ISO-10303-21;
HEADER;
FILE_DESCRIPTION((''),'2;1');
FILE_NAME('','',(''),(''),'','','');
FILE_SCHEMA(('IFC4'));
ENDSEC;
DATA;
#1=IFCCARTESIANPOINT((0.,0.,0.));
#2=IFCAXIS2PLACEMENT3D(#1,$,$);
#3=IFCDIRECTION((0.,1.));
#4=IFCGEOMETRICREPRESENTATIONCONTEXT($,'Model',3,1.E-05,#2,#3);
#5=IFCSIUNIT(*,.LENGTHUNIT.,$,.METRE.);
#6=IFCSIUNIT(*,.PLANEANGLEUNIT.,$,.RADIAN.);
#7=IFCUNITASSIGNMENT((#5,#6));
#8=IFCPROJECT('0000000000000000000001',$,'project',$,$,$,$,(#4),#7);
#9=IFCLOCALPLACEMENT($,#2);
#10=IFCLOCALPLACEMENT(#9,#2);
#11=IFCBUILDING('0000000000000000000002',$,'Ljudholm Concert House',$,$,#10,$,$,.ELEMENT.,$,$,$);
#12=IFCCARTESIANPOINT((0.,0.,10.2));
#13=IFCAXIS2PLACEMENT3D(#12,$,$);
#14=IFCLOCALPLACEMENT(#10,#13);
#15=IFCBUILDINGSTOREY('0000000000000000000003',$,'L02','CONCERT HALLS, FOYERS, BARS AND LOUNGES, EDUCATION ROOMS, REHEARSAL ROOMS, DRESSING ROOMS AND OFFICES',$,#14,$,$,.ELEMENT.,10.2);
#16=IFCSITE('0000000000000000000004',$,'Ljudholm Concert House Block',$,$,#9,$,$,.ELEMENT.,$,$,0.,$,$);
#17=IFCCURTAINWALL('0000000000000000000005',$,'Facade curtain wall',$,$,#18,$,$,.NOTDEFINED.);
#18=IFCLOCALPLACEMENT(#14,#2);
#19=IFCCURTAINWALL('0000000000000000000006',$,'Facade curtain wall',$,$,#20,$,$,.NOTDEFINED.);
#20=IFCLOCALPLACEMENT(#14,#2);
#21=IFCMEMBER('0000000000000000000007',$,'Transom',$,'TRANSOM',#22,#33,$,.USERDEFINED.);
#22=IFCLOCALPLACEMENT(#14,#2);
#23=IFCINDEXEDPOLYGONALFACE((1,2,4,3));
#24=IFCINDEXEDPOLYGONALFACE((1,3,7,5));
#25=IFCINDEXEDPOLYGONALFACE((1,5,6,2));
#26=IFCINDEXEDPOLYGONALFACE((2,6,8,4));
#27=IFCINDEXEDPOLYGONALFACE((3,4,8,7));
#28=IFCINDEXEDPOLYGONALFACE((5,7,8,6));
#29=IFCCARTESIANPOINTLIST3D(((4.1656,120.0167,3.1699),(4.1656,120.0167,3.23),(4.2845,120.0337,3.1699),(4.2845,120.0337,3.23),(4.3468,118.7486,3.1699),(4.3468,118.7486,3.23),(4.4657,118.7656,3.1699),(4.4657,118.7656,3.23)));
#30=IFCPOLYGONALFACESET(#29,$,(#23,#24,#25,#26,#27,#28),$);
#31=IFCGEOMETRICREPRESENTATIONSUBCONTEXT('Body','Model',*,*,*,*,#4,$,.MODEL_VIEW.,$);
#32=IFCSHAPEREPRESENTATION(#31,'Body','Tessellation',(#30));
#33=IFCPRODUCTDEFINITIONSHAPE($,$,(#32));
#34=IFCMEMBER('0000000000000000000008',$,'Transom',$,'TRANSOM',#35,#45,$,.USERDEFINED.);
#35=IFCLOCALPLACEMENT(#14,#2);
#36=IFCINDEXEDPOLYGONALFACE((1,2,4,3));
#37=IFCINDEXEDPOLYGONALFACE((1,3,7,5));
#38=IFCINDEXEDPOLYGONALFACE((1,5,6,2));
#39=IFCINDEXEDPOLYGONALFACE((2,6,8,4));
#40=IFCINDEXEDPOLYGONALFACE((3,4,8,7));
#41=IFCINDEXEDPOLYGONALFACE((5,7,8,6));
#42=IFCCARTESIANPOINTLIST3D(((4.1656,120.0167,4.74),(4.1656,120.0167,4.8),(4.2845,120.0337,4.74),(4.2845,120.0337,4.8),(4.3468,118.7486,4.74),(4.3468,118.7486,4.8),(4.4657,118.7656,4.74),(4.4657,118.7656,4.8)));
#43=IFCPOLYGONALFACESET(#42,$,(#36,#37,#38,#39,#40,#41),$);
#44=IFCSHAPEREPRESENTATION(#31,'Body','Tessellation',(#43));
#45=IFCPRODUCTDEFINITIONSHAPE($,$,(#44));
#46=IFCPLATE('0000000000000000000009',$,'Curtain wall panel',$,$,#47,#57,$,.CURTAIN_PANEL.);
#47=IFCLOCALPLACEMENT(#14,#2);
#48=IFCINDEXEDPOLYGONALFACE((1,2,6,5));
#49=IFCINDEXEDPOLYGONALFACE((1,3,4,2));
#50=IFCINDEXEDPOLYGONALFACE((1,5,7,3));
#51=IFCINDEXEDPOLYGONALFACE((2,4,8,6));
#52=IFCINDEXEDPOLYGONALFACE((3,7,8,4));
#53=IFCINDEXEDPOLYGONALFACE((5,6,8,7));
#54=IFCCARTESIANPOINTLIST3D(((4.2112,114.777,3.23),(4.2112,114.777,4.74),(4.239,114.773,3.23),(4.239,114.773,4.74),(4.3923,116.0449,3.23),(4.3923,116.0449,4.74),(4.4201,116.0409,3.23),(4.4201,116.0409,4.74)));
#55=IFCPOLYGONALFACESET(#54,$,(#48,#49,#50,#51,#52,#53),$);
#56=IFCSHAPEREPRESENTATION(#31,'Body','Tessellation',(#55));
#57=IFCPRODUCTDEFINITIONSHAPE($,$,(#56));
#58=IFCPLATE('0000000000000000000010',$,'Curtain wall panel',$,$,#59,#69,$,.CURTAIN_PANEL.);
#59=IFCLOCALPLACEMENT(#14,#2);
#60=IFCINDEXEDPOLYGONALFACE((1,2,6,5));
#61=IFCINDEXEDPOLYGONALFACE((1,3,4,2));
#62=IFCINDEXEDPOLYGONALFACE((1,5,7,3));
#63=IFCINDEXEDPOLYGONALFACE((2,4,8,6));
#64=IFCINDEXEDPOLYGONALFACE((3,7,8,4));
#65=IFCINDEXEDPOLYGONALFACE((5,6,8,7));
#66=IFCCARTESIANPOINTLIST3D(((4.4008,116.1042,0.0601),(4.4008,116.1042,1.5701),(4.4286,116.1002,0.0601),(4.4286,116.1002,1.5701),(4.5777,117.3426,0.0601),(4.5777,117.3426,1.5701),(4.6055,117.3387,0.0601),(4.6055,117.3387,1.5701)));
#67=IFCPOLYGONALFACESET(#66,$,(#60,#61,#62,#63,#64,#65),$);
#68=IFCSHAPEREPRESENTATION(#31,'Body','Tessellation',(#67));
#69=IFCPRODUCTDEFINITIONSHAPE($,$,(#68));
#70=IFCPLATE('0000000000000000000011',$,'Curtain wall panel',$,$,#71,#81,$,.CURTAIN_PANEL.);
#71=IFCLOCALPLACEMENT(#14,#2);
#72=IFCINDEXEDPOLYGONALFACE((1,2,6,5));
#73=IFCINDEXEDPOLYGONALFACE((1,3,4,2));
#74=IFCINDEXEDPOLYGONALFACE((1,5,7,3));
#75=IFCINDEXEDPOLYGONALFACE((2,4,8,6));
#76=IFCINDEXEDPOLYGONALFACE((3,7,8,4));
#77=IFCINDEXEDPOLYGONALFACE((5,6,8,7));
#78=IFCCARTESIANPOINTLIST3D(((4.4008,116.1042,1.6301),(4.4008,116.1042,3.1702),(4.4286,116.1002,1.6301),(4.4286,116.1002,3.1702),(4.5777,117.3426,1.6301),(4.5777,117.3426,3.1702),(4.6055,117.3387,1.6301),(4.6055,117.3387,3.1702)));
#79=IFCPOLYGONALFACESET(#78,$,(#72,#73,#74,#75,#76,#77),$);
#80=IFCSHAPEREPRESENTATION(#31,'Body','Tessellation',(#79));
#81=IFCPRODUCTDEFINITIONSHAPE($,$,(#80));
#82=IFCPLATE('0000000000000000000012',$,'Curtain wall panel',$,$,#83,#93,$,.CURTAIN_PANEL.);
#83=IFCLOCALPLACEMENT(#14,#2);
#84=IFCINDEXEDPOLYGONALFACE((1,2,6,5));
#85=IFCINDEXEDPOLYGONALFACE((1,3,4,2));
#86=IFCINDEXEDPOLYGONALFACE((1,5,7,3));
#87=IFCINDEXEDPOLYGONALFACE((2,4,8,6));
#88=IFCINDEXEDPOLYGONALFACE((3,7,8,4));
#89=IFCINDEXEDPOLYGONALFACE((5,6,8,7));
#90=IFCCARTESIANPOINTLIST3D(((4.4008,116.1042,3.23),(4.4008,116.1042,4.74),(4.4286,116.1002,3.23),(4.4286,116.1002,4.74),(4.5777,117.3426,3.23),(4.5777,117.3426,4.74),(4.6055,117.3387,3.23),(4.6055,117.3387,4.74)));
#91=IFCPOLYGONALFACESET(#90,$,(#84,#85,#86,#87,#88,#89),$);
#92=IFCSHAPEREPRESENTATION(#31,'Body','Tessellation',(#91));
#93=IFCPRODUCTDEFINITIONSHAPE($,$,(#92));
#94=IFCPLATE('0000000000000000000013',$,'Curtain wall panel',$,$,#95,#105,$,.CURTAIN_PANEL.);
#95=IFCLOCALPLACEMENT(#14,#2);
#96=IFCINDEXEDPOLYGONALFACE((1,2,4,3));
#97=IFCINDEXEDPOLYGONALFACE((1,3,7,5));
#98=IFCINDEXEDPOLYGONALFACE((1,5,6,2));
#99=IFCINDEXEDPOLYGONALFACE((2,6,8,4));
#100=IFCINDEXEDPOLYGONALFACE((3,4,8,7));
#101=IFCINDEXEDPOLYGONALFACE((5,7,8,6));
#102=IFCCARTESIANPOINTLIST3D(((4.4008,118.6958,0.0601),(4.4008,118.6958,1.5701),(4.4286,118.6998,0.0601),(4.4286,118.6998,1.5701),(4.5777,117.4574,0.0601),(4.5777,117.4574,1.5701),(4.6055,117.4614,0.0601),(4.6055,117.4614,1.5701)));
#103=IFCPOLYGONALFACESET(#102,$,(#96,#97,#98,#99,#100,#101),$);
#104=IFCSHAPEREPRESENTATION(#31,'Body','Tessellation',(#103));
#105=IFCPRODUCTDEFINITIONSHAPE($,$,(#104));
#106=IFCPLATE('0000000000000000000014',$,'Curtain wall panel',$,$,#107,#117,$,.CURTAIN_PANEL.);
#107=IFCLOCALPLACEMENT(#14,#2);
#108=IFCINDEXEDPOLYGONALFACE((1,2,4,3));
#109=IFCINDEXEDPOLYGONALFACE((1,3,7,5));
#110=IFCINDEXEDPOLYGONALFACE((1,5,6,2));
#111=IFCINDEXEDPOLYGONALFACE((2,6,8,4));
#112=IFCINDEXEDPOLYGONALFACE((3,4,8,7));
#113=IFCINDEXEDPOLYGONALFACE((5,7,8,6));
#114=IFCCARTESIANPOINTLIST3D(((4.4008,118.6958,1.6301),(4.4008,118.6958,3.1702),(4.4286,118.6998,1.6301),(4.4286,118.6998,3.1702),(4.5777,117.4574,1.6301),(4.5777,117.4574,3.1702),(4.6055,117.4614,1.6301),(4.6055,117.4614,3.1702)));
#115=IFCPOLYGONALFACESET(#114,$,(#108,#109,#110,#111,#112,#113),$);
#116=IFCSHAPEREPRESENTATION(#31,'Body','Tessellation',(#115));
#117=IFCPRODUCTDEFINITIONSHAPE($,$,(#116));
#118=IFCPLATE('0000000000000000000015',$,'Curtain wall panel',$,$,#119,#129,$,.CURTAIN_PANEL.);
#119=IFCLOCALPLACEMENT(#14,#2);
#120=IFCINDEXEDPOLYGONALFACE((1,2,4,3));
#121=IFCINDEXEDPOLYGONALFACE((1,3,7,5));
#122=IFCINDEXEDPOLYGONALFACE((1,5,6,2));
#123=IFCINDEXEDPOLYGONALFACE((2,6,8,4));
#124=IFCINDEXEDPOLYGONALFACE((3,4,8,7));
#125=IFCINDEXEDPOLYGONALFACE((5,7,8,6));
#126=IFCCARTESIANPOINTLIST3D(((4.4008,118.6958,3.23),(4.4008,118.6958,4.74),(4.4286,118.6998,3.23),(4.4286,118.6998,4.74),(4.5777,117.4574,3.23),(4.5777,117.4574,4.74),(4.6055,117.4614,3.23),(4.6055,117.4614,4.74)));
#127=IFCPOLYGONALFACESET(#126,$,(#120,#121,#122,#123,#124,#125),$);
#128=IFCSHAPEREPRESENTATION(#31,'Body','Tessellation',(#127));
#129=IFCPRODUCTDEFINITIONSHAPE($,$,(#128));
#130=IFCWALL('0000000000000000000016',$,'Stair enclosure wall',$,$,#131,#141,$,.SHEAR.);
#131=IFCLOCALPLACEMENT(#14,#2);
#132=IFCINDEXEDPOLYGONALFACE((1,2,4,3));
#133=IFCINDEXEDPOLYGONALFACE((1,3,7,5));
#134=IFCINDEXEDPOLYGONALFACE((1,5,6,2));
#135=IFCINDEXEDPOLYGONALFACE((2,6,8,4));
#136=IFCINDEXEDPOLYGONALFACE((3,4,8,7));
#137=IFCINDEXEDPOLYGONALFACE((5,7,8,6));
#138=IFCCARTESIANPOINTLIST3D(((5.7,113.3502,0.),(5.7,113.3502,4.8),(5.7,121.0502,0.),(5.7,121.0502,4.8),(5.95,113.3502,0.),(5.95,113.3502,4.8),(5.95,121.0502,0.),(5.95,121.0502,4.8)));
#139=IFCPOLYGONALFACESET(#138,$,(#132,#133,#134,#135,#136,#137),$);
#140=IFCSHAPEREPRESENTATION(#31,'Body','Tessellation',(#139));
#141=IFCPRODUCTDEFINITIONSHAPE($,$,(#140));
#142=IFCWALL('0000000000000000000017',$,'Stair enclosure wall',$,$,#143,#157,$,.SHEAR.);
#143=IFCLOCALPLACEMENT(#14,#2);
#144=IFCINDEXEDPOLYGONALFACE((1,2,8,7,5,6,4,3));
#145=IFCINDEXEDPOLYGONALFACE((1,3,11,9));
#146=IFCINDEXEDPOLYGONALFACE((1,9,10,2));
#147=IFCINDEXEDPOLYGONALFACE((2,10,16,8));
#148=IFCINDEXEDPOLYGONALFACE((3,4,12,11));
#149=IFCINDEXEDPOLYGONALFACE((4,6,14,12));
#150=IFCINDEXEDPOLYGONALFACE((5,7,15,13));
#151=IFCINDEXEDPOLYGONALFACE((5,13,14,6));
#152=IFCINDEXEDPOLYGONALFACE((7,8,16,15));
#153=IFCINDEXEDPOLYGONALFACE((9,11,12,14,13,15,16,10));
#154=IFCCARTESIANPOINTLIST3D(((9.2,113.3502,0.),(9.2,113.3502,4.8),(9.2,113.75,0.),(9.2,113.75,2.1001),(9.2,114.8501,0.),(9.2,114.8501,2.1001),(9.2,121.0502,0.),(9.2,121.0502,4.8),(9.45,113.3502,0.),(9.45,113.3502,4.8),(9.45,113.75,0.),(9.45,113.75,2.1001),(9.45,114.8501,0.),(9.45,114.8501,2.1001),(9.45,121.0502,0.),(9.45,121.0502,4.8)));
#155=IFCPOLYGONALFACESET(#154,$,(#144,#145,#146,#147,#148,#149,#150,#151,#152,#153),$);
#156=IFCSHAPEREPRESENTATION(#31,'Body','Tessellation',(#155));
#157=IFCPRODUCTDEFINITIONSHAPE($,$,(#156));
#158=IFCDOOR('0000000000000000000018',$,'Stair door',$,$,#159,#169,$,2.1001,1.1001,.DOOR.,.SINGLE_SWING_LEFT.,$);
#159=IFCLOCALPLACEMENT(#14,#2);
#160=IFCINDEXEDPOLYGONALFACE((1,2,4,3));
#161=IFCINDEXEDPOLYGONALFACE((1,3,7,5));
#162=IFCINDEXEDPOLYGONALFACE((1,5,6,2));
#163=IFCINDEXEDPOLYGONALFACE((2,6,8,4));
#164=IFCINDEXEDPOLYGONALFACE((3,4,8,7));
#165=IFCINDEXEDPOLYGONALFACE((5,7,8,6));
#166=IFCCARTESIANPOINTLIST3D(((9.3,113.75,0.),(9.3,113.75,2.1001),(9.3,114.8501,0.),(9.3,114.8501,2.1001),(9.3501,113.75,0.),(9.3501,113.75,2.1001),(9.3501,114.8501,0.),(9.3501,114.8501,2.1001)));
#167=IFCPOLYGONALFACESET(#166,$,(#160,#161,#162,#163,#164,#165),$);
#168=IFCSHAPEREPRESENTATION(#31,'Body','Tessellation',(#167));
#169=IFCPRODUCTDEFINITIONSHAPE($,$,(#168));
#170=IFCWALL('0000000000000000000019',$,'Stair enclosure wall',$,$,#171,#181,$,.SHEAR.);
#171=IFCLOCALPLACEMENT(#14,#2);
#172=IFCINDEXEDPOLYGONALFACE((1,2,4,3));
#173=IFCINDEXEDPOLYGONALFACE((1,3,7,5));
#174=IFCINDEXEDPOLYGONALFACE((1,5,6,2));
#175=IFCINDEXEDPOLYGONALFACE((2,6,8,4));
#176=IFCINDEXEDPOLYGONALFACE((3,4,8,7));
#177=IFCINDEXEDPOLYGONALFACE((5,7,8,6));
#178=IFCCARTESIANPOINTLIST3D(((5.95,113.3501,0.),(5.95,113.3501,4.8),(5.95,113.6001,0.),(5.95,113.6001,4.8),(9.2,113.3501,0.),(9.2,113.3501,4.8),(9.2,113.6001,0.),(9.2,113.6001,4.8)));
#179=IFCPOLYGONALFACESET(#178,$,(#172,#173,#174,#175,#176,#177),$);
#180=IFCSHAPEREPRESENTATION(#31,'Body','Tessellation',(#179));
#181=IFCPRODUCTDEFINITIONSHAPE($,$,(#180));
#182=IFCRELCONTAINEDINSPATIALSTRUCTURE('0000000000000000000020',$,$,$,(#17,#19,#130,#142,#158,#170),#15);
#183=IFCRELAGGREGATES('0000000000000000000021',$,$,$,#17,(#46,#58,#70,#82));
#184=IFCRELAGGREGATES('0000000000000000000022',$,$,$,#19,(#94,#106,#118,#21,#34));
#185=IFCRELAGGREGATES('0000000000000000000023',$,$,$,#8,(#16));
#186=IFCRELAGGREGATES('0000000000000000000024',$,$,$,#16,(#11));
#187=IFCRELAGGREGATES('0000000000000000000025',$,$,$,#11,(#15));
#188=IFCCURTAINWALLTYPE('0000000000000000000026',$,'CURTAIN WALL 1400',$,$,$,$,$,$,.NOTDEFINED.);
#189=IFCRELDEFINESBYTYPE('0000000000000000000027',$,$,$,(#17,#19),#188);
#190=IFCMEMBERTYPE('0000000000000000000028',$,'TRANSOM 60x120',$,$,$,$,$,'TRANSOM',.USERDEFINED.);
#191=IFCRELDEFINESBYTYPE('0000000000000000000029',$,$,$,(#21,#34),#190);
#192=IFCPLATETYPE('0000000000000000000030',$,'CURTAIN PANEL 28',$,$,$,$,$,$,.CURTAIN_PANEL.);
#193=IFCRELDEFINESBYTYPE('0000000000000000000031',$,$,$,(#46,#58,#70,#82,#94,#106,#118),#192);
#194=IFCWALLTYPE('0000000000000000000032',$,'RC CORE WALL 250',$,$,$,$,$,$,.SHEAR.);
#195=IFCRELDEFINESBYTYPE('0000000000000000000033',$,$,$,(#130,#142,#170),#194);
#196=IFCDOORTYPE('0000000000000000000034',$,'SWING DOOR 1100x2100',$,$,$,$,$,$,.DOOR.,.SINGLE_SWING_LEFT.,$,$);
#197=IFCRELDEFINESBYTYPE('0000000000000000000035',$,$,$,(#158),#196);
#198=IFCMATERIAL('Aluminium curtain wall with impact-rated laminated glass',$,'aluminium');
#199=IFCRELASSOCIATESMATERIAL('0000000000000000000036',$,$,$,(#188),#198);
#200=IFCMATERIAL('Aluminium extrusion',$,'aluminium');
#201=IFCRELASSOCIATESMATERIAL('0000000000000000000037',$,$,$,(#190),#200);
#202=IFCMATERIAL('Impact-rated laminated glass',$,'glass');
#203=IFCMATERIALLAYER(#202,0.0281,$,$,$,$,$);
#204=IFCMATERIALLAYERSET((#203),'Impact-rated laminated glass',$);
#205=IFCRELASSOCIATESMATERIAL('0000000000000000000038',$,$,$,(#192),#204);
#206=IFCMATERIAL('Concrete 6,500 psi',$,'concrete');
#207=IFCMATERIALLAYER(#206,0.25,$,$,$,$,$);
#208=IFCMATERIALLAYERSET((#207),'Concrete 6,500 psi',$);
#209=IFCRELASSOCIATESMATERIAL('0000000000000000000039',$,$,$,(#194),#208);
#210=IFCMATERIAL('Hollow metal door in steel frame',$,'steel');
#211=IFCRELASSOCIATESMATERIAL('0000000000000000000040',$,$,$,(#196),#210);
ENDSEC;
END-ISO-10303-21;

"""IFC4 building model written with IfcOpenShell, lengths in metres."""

from ifc_helpers import new_model, si_unit, direction, frame, frame_2d, origin, origin_2d, place, context, subcontext, project, spatial, rectangle, extrude, material, layer, layer_set, material_profile, profile_set, type_object, element, fill, aggregate, save


model = new_model("IFC4")

# Units and contexts
model_context = context("Model", 3, precision=1e-05, world=origin(), true_north=direction((0.0, 1.0)))
body_context = subcontext(model_context, "Body", "Model", "MODEL_VIEW")
ifc_project = project(units=[si_unit("LENGTHUNIT", "METRE"), si_unit("PLANEANGLEUNIT", "RADIAN")], contexts=[model_context])

# Site, building, storey
site_placement = place(None, origin())
site = spatial("IfcSite", under=ifc_project, at=site_placement, Name="Ljudholm Concert House Block", CompositionType="ELEMENT", RefElevation=0.0)
building_placement = place(site_placement, origin())
building = spatial("IfcBuilding", under=site, at=building_placement, Name="Ljudholm Concert House", CompositionType="ELEMENT")
storey_placement = place(building_placement, frame((0.0, 0.0, 10.2)))
storey = spatial("IfcBuildingStorey", under=building, at=storey_placement, Name="L02", Description="CONCERT HALLS, FOYERS, BARS AND LOUNGES, EDUCATION ROOMS, REHEARSAL ROOMS, DRESSING ROOMS AND OFFICES", CompositionType="ELEMENT", Elevation=10.2)

# Curtain walls
ifc_material_1 = material(Name="Aluminium curtain wall with impact-rated laminated glass", Category="aluminium")
curtain_wall_type = type_object("IfcCurtainWallType", Name="CURTAIN WALL 1400", PredefinedType="NOTDEFINED", material=ifc_material_1)
curtain_wall_1_placement = place(storey_placement, origin())
curtain_wall_1 = element("IfcCurtainWall", 1, at=curtain_wall_1_placement, inside=storey, type_object=curtain_wall_type, Name="Facade curtain wall", PredefinedType="NOTDEFINED")
curtain_wall_2_placement = place(storey_placement, origin())
curtain_wall_2 = element("IfcCurtainWall", 2, at=curtain_wall_2_placement, inside=storey, type_object=curtain_wall_type, Name="Facade curtain wall", PredefinedType="NOTDEFINED")

# Members
ifc_material_2 = material(Name="Aluminium extrusion", Category="aluminium")
ifc_material_profile_1 = material_profile(ifc_material_2, rectangle(XDim=0.1201, YDim=0.0601, at=origin_2d()), Name="TRANSOM 60x120")
ifc_profile_set_1 = profile_set([ifc_material_profile_1], Name="Aluminium extrusion")
member_type_1 = type_object("IfcMemberType", Name="TRANSOM 60x120", ElementType="TRANSOM", PredefinedType="USERDEFINED", material=ifc_profile_set_1)
member_1_placement = place(storey_placement, frame((4.4062, 118.7571, 3.2), z_axis=(-0.141421, 0.989949, 0.0), x_axis=(-0.989949, -0.141421, 0.0)))
member_1 = element("IfcMember", 3, at=member_1_placement, type_object=member_type_1, Name="Transom", ObjectType="TRANSOM", PredefinedType="USERDEFINED", context=body_context, shape_type="SweptSolid", body=[
    extrude(rectangle(XDim=0.1201, YDim=0.0601, at=origin_2d()), origin(), (0.0, 0.0, 1.0), 1.281),
])
member_2_placement = place(storey_placement, frame((4.4062, 118.7571, 4.77), z_axis=(-0.141421, 0.989949, 0.0), x_axis=(-0.989949, -0.141421, 0.0)))
member_2 = element("IfcMember", 4, at=member_2_placement, type_object=member_type_1, Name="Transom", ObjectType="TRANSOM", PredefinedType="USERDEFINED", context=body_context, shape_type="SweptSolid", body=[
    extrude(rectangle(XDim=0.1201, YDim=0.0601, at=origin_2d()), origin(), (0.0, 0.0, 1.0), 1.281),
])

# Plates
ifc_material_3 = material(Name="Impact-rated laminated glass", Category="glass")
ifc_layer_1 = layer(ifc_material_3, 0.0281)
ifc_layer_set_1 = layer_set([ifc_layer_1], Name="Impact-rated laminated glass")
plate_type = type_object("IfcPlateType", Name="CURTAIN PANEL 28", PredefinedType="CURTAIN_PANEL", material=ifc_layer_set_1)
plate_1_placement = place(storey_placement, frame((4.3157, 115.4089, 3.23), z_axis=(0.0, 0.0, 1.0), x_axis=(0.141421, 0.989949, 0.0)))
plate_1 = element("IfcPlate", 5, at=plate_1_placement, type_object=plate_type, Name="Curtain wall panel", PredefinedType="CURTAIN_PANEL", context=body_context, shape_type="SweptSolid", body=[
    extrude(rectangle(XDim=1.2808, YDim=0.0281, at=origin_2d()), origin(), (0.0, 0.0, 1.0), 1.51),
])
plate_2_placement = place(storey_placement, frame((4.5032, 116.7214, 0.0601), z_axis=(0.0, 0.0, 1.0), x_axis=(0.141421, 0.989949, 0.0)))
plate_2 = element("IfcPlate", 6, at=plate_2_placement, type_object=plate_type, Name="Curtain wall panel", PredefinedType="CURTAIN_PANEL", context=body_context, shape_type="SweptSolid", body=[
    extrude(rectangle(XDim=1.251, YDim=0.0281, at=origin_2d()), origin(), (0.0, 0.0, 1.0), 1.51),
])
plate_3_placement = place(storey_placement, frame((4.5032, 116.7214, 1.6301), z_axis=(0.0, 0.0, 1.0), x_axis=(0.141421, 0.989949, 0.0)))
plate_3 = element("IfcPlate", 7, at=plate_3_placement, type_object=plate_type, Name="Curtain wall panel", PredefinedType="CURTAIN_PANEL", context=body_context, shape_type="SweptSolid", body=[
    extrude(rectangle(XDim=1.251, YDim=0.0281, at=origin_2d()), origin(), (0.0, 0.0, 1.0), 1.54),
])
plate_4_placement = place(storey_placement, frame((4.5032, 116.7214, 3.23), z_axis=(0.0, 0.0, 1.0), x_axis=(0.141421, 0.989949, 0.0)))
plate_4 = element("IfcPlate", 8, at=plate_4_placement, type_object=plate_type, Name="Curtain wall panel", PredefinedType="CURTAIN_PANEL", context=body_context, shape_type="SweptSolid", body=[
    extrude(rectangle(XDim=1.251, YDim=0.0281, at=origin_2d()), origin(), (0.0, 0.0, 1.0), 1.51),
])
aggregate(curtain_wall_1, [plate_1, plate_2, plate_3, plate_4])
plate_5_placement = place(storey_placement, frame((4.5032, 118.0786, 0.0601), z_axis=(0.0, 0.0, 1.0), x_axis=(-0.141421, 0.989949, 0.0)))
plate_5 = element("IfcPlate", 9, at=plate_5_placement, type_object=plate_type, Name="Curtain wall panel", PredefinedType="CURTAIN_PANEL", context=body_context, shape_type="SweptSolid", body=[
    extrude(rectangle(XDim=1.251, YDim=0.0281, at=origin_2d()), origin(), (0.0, 0.0, 1.0), 1.51),
])
plate_6_placement = place(storey_placement, frame((4.5032, 118.0786, 1.6301), z_axis=(0.0, 0.0, 1.0), x_axis=(-0.141421, 0.989949, 0.0)))
plate_6 = element("IfcPlate", 10, at=plate_6_placement, type_object=plate_type, Name="Curtain wall panel", PredefinedType="CURTAIN_PANEL", context=body_context, shape_type="SweptSolid", body=[
    extrude(rectangle(XDim=1.251, YDim=0.0281, at=origin_2d()), origin(), (0.0, 0.0, 1.0), 1.54),
])
plate_7_placement = place(storey_placement, frame((4.5032, 118.0786, 3.23), z_axis=(0.0, 0.0, 1.0), x_axis=(-0.141421, 0.989949, 0.0)))
plate_7 = element("IfcPlate", 11, at=plate_7_placement, type_object=plate_type, Name="Curtain wall panel", PredefinedType="CURTAIN_PANEL", context=body_context, shape_type="SweptSolid", body=[
    extrude(rectangle(XDim=1.251, YDim=0.0281, at=origin_2d()), origin(), (0.0, 0.0, 1.0), 1.51),
])
aggregate(curtain_wall_2, [plate_5, plate_6, plate_7, member_1, member_2])

# Wall
ifc_material_4 = material(Name="Concrete 6,500 psi", Category="concrete")
ifc_layer_2 = layer(ifc_material_4, 0.25)
ifc_layer_set_2 = layer_set([ifc_layer_2], Name="Concrete 6,500 psi")
wall_type = type_object("IfcWallType", Name="RC CORE WALL 250", PredefinedType="SHEAR", material=ifc_layer_set_2)
wall_1_placement = place(storey_placement, frame((5.825, 113.3501, 0.0), z_axis=(0.0, 0.0, 1.0), x_axis=(0.0, 1.0, 0.0)))
element("IfcWall", 12, at=wall_1_placement, inside=storey, type_object=wall_type, Name="Stair enclosure wall", PredefinedType="SHEAR", context=body_context, shape_type="SweptSolid", body=[
    extrude(rectangle(XDim=7.7, YDim=0.25, at=frame_2d((3.8501, 0.0))), origin(), (0.0, 0.0, 1.0), 4.8),
])

# Wall, opening, door
wall_2_placement = place(storey_placement, frame((9.325, 113.3501, 0.0), z_axis=(0.0, 0.0, 1.0), x_axis=(0.0, 1.0, 0.0)))
wall_2 = element("IfcWall", 13, at=wall_2_placement, inside=storey, type_object=wall_type, Name="Stair enclosure wall", PredefinedType="SHEAR", context=body_context, shape_type="SweptSolid", body=[
    extrude(rectangle(XDim=7.7, YDim=0.25, at=frame_2d((3.8501, 0.0))), origin(), (0.0, 0.0, 1.0), 4.8),
])
opening_placement = place(wall_2_placement, frame((0.3999, 0.0, 0.0)))
opening = element("IfcOpeningElement", 14, at=opening_placement, cuts=wall_2, PredefinedType="OPENING", context=body_context, shape_type="SweptSolid", body=[
    extrude(rectangle(XDim=1.1001, YDim=2.1001, at=frame_2d((0.55, 1.05))), frame((0.0, 0.135, 0.0), z_axis=(0.0, -1.0, 0.0), x_axis=(1.0, 0.0, 0.0)), (0.0, 0.0, 1.0), 0.27),
])
ifc_material_5 = material(Name="Hollow metal door in steel frame", Category="steel")
door_type = type_object("IfcDoorType", Name="SWING DOOR 1100x2100", OperationType="SINGLE_SWING_LEFT", PredefinedType="DOOR", material=ifc_material_5)
door_placement = place(opening_placement, origin())
door = element("IfcDoor", 15, at=door_placement, inside=storey, type_object=door_type, Name="Stair door", OperationType="SINGLE_SWING_LEFT", OverallHeight=2.1001, OverallWidth=1.1001, PredefinedType="DOOR", context=body_context, shape_type="SweptSolid", body=[
    extrude(rectangle(XDim=1.1001, YDim=2.1001, at=frame_2d((0.55, 1.05))), frame((0.0, 0.0249, 0.0), z_axis=(0.0, -1.0, 0.0), x_axis=(1.0, 0.0, 0.0)), (0.0, 0.0, 1.0), 0.05),
])
fill(opening, door)

# Wall
wall_3_placement = place(storey_placement, frame((5.95, 113.4751, 0.0), z_axis=(0.0, 0.0, 1.0), x_axis=(1.0, 0.0, 0.0)))
element("IfcWall", 16, at=wall_3_placement, inside=storey, type_object=wall_type, Name="Stair enclosure wall", PredefinedType="SHEAR", context=body_context, shape_type="SweptSolid", body=[
    extrude(rectangle(XDim=3.25, YDim=0.25, at=frame_2d((1.625, 0.0))), origin(), (0.0, 0.0, 1.0), 4.8),
])

save(model, "model.ifc")
